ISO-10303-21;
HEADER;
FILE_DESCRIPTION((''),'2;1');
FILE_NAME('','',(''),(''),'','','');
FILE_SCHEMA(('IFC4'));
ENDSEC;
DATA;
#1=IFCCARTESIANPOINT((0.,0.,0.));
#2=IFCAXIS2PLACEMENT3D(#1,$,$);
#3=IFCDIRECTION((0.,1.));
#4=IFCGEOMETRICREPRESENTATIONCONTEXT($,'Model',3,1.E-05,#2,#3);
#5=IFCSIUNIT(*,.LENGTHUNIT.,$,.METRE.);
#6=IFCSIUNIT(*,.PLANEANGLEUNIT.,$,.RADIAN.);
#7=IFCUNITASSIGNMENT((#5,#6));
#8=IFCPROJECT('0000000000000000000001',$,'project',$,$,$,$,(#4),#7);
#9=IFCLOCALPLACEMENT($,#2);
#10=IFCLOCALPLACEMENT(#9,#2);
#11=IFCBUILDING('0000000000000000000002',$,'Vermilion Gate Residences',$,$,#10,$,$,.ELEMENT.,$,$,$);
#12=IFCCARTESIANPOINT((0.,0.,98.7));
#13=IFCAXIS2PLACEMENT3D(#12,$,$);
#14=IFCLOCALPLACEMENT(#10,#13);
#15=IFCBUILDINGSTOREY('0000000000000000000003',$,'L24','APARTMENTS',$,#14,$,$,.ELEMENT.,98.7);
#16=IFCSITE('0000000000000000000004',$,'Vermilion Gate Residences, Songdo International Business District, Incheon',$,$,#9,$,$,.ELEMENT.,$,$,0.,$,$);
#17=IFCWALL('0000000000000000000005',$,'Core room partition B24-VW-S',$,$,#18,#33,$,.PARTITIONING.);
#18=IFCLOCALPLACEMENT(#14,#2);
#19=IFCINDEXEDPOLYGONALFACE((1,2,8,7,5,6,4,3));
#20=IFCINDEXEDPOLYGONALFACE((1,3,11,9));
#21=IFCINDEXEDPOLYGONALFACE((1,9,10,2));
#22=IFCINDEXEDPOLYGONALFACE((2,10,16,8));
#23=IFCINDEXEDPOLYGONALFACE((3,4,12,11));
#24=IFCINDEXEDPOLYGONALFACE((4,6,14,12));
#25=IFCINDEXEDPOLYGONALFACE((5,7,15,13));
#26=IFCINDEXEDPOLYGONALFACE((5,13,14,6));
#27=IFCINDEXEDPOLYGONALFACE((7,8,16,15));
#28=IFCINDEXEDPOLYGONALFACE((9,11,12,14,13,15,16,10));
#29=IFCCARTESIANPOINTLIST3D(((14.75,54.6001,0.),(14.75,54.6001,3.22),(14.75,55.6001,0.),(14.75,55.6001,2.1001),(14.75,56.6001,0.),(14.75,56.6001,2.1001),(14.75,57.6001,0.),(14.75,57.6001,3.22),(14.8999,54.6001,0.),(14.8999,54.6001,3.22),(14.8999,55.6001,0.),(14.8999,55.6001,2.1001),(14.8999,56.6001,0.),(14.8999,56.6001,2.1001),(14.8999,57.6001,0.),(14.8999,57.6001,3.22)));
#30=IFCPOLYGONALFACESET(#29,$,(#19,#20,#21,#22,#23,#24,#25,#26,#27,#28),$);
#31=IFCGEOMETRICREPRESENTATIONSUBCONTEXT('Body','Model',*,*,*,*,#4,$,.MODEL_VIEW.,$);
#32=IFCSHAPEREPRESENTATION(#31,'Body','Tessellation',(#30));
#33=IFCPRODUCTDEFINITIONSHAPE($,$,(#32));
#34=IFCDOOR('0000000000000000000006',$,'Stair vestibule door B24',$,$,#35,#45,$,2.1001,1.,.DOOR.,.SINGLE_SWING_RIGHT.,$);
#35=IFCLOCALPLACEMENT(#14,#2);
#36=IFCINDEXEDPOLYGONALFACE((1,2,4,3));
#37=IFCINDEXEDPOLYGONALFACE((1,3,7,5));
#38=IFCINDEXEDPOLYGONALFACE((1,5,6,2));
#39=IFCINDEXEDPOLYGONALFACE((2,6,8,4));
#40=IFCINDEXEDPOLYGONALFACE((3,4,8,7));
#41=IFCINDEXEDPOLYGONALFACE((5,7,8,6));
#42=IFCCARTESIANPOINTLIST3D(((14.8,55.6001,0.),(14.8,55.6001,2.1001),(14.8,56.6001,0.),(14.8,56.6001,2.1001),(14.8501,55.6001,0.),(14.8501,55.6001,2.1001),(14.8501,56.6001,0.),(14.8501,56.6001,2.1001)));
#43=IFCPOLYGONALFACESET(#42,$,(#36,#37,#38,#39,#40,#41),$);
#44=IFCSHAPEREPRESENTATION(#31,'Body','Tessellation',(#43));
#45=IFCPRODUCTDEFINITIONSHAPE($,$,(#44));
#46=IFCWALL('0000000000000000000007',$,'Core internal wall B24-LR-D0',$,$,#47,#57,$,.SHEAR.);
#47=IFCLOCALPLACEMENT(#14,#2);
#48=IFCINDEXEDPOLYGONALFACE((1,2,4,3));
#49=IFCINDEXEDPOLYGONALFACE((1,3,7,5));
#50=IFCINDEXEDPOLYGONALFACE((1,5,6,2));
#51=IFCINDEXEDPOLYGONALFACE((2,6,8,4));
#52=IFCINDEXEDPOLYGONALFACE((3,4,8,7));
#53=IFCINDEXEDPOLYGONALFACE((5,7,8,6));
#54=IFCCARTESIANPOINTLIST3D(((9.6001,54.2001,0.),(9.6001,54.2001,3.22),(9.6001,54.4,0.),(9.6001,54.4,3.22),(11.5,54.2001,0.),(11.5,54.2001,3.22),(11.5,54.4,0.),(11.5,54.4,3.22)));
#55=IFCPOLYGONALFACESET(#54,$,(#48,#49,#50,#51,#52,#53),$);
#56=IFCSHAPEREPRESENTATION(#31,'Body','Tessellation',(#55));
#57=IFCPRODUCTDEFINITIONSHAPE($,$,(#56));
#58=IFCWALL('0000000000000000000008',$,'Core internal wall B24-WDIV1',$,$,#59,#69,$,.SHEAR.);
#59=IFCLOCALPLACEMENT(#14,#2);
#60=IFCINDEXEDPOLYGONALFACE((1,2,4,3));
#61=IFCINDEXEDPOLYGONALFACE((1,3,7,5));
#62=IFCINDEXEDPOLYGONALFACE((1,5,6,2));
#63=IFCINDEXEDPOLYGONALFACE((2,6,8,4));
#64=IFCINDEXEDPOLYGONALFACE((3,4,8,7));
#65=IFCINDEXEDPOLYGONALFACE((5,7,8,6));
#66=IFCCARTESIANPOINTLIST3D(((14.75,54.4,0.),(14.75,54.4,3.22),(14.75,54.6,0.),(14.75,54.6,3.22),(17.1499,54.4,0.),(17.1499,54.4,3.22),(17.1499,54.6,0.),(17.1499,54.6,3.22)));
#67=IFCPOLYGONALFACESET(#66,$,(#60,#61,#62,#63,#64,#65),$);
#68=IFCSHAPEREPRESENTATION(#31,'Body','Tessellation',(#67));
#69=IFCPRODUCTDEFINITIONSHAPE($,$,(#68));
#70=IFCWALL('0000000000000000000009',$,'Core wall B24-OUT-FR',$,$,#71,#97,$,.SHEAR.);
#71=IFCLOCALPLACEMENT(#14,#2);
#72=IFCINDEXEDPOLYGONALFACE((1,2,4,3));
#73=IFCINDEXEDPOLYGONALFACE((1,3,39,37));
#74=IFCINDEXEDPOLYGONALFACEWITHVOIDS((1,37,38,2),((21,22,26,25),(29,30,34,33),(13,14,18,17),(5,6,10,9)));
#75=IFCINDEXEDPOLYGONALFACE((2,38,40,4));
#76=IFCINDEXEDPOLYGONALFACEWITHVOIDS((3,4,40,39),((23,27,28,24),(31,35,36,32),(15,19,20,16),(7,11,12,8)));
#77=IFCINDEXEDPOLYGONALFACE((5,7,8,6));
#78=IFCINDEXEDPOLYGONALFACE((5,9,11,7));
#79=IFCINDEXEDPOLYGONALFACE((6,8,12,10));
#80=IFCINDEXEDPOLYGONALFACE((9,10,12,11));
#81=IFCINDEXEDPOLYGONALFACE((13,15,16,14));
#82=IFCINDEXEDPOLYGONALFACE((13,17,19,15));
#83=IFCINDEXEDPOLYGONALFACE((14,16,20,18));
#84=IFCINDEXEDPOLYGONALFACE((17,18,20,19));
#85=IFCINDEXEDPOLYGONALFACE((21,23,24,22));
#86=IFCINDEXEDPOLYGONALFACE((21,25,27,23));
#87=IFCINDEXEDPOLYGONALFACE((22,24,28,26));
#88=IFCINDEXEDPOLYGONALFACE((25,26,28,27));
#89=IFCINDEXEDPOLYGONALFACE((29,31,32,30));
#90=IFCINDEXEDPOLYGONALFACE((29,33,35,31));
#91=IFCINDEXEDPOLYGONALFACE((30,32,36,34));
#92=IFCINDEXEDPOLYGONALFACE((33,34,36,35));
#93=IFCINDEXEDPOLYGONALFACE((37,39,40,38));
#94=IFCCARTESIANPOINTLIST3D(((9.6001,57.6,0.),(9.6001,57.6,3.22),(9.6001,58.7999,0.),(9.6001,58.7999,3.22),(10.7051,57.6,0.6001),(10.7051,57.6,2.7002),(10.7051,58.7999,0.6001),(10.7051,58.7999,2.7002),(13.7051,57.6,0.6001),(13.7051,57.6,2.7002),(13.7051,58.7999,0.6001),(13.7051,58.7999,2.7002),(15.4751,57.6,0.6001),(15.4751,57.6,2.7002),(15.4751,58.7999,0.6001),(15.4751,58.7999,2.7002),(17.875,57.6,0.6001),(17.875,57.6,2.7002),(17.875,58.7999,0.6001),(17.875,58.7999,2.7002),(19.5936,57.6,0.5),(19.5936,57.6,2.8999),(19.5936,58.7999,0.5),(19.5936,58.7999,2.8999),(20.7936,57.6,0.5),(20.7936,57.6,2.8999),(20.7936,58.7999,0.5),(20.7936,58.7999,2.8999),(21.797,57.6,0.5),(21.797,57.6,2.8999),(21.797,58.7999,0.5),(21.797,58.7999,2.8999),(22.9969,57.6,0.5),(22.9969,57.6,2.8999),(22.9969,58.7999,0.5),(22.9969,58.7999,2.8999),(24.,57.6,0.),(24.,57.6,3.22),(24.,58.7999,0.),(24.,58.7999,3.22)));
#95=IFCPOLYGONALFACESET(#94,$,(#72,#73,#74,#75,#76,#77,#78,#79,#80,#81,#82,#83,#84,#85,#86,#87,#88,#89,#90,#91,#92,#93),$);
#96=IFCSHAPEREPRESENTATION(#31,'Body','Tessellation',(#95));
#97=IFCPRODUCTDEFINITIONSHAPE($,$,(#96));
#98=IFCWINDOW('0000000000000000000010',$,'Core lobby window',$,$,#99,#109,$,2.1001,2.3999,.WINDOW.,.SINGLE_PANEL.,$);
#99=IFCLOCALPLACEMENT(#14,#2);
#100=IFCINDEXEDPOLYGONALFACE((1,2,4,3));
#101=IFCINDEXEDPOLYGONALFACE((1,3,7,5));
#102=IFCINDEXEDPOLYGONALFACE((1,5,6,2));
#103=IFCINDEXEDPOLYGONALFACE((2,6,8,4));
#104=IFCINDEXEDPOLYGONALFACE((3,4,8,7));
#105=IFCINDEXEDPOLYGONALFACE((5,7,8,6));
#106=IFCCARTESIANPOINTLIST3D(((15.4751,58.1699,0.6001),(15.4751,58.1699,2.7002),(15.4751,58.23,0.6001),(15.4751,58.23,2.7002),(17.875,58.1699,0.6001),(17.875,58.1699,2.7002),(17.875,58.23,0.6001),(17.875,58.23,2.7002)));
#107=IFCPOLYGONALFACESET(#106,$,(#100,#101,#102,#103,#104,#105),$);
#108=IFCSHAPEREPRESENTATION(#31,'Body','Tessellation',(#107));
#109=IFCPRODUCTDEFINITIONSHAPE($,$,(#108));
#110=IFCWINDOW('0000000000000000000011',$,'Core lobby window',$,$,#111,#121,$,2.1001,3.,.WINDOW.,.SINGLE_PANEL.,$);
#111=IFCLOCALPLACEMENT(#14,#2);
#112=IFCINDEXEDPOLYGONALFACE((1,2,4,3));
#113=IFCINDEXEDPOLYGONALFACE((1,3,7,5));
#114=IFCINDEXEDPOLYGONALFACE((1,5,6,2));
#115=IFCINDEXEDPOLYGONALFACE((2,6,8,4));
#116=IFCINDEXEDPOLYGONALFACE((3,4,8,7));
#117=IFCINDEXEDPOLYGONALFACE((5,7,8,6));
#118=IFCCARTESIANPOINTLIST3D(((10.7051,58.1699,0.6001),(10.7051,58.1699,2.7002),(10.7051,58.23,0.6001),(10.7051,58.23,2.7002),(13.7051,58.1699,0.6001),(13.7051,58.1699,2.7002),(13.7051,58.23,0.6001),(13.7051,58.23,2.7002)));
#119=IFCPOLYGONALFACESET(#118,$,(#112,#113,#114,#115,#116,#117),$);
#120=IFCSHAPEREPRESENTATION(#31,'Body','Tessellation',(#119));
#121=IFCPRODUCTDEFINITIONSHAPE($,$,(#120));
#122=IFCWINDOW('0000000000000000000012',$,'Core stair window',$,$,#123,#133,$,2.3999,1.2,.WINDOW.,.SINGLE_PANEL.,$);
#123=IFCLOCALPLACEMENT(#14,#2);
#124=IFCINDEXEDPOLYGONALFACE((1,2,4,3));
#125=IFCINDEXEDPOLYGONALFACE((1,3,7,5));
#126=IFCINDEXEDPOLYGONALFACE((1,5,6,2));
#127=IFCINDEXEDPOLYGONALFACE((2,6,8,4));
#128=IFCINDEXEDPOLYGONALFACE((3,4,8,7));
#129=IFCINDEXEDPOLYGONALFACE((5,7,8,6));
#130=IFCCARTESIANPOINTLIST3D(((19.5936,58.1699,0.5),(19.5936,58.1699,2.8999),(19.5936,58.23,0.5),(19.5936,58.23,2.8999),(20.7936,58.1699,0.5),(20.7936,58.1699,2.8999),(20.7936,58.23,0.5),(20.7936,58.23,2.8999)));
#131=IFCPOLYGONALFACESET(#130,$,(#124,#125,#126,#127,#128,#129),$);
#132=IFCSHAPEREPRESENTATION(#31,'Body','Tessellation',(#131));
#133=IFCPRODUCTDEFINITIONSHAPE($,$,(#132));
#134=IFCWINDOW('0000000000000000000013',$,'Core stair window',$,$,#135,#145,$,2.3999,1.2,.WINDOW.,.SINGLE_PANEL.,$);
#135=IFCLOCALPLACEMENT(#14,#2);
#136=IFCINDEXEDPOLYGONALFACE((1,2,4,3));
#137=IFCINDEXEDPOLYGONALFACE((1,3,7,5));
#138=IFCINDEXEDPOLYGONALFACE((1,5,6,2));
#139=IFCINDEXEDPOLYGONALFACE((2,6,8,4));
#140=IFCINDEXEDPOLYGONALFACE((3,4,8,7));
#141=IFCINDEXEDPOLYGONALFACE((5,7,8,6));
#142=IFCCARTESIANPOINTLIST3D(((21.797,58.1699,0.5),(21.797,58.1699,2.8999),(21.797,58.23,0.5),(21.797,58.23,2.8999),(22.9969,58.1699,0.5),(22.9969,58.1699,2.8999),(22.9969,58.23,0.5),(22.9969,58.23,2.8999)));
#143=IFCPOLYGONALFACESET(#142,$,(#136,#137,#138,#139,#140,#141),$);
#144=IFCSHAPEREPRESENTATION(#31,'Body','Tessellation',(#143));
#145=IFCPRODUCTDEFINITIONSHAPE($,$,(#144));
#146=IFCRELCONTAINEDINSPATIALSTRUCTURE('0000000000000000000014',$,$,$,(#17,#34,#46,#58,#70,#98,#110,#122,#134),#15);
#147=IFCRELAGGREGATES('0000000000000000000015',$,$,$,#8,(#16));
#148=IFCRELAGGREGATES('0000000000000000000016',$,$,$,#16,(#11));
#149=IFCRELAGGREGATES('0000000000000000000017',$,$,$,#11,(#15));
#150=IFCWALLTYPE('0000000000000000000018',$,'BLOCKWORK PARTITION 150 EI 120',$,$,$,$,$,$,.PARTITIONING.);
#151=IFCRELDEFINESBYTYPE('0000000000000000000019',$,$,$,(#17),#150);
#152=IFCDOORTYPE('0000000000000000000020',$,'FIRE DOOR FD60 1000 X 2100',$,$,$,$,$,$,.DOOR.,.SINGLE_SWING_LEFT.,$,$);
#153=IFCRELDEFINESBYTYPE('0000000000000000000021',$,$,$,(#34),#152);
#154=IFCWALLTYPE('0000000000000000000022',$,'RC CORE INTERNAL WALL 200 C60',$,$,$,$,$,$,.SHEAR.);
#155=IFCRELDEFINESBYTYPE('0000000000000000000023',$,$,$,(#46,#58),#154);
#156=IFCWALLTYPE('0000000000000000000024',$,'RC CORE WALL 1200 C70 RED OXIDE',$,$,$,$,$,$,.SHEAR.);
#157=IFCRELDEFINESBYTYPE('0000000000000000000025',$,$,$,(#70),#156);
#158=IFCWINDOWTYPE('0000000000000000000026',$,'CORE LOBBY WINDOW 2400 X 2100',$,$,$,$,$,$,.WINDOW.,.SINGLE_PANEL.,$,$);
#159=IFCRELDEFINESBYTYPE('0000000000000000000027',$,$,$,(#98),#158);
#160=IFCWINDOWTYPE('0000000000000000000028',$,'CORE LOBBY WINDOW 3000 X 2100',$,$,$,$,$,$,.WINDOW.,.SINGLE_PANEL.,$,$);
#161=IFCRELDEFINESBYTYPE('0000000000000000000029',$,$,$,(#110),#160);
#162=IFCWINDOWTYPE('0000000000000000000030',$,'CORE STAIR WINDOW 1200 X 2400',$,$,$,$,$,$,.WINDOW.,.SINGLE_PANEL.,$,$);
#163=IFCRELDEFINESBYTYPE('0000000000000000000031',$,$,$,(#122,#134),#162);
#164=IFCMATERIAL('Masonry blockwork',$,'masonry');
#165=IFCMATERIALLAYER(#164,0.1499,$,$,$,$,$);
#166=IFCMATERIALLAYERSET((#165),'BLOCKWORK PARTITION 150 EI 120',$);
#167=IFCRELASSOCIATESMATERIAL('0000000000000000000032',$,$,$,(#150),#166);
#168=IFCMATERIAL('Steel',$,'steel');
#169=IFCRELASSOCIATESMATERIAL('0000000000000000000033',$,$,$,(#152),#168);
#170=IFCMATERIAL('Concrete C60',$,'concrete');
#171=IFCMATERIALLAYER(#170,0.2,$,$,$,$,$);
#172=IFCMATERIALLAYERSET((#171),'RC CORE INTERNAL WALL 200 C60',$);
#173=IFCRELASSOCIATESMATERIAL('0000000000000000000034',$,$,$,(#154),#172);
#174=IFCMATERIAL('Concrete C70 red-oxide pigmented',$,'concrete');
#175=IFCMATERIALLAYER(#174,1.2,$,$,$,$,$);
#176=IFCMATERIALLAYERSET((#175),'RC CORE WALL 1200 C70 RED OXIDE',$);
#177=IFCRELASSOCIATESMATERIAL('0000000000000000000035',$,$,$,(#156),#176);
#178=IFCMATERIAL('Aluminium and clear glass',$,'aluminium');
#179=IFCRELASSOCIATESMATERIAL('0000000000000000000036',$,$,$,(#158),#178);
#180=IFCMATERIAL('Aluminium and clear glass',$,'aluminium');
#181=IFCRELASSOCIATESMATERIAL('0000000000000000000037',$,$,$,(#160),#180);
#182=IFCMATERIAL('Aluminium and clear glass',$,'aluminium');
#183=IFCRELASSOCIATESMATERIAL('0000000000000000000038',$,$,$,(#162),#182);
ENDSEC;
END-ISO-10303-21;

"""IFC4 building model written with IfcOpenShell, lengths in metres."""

from ifc_helpers import new_model, si_unit, direction, frame, frame_2d, origin, place, context, subcontext, project, spatial, rectangle, extrude, material, layer, layer_set, type_object, element, fill, save


model = new_model("IFC4")

# Units and contexts
model_context = context("Model", 3, precision=1e-05, world=origin(), true_north=direction((0.0, 1.0)))
body_context = subcontext(model_context, "Body", "Model", "MODEL_VIEW")
ifc_project = project(units=[si_unit("LENGTHUNIT", "METRE"), si_unit("PLANEANGLEUNIT", "RADIAN")], contexts=[model_context])

# Site, building, storey
site_placement = place(None, origin())
site = spatial("IfcSite", under=ifc_project, at=site_placement, Name="Vermilion Gate Residences, Songdo International Business District, Incheon", CompositionType="ELEMENT", RefElevation=0.0)
building_placement = place(site_placement, origin())
building = spatial("IfcBuilding", under=site, at=building_placement, Name="Vermilion Gate Residences", CompositionType="ELEMENT")
storey_placement = place(building_placement, frame((0.0, 0.0, 98.7)))
storey = spatial("IfcBuildingStorey", under=building, at=storey_placement, Name="L24", Description="APARTMENTS", CompositionType="ELEMENT", Elevation=98.7)

# Wall, opening, door
ifc_material_1 = material(Name="Masonry blockwork", Category="masonry")
ifc_layer_1 = layer(ifc_material_1, 0.1499)
ifc_layer_set_1 = layer_set([ifc_layer_1], Name="BLOCKWORK PARTITION 150 EI 120")
wall_type_1 = type_object("IfcWallType", Name="BLOCKWORK PARTITION 150 EI 120", PredefinedType="PARTITIONING", material=ifc_layer_set_1)
wall_1_placement = place(storey_placement, frame((14.825, 57.6001, 0.0), z_axis=(0.0, 0.0, 1.0), x_axis=(0.0, -1.0, 0.0)))
wall_1 = element("IfcWall", 1, at=wall_1_placement, inside=storey, type_object=wall_type_1, Name="Core room partition B24-VW-S", PredefinedType="PARTITIONING", context=body_context, shape_type="SweptSolid", body=[
    extrude(rectangle(XDim=3.0, YDim=0.1499, at=frame_2d((1.5, 0.0))), origin(), (0.0, 0.0, 1.0), 3.22),
])
opening_1_placement = place(wall_1_placement, frame((1.0, 0.0, 0.0)))
opening_1 = element("IfcOpeningElement", 2, at=opening_1_placement, cuts=wall_1, PredefinedType="OPENING", context=body_context, shape_type="SweptSolid", body=[
    extrude(rectangle(XDim=1.0, YDim=2.1001, at=frame_2d((0.5, 1.05))), frame((0.0, 0.085, 0.0), z_axis=(0.0, -1.0, 0.0), x_axis=(1.0, 0.0, 0.0)), (0.0, 0.0, 1.0), 0.1699),
])
ifc_material_2 = material(Name="Steel", Category="steel")
door_type_1 = type_object("IfcDoorType", Name="FIRE DOOR FD60 1000 X 2100", OperationType="SINGLE_SWING_LEFT", PredefinedType="DOOR", material=ifc_material_2)
door_1_placement = place(opening_1_placement, frame((1.0, 0.0, 0.0), z_axis=(0.0, 0.0, 1.0), x_axis=(-1.0, 0.0, 0.0)))
door_1 = element("IfcDoor", 3, at=door_1_placement, inside=storey, type_object=door_type_1, Name="Stair vestibule door B24", OperationType="SINGLE_SWING_RIGHT", OverallHeight=2.1001, OverallWidth=1.0, PredefinedType="DOOR", context=body_context, shape_type="SweptSolid", body=[
    extrude(rectangle(XDim=1.0, YDim=2.1001, at=frame_2d((0.5, 1.05))), frame((0.0, 0.0249, 0.0), z_axis=(0.0, -1.0, 0.0), x_axis=(1.0, 0.0, 0.0)), (0.0, 0.0, 1.0), 0.05),
])
fill(opening_1, door_1)

# Walls
ifc_material_3 = material(Name="Concrete C60", Category="concrete")
ifc_layer_2 = layer(ifc_material_3, 0.2)
ifc_layer_set_2 = layer_set([ifc_layer_2], Name="RC CORE INTERNAL WALL 200 C60")
wall_type_2 = type_object("IfcWallType", Name="RC CORE INTERNAL WALL 200 C60", PredefinedType="SHEAR", material=ifc_layer_set_2)
wall_2_placement = place(storey_placement, frame((9.6001, 54.3, 0.0), z_axis=(0.0, 0.0, 1.0), x_axis=(1.0, 0.0, 0.0)))
element("IfcWall", 4, at=wall_2_placement, inside=storey, type_object=wall_type_2, Name="Core internal wall B24-LR-D0", PredefinedType="SHEAR", context=body_context, shape_type="SweptSolid", body=[
    extrude(rectangle(XDim=1.8999, YDim=0.2, at=frame_2d((0.95, 0.0))), origin(), (0.0, 0.0, 1.0), 3.22),
])
wall_3_placement = place(storey_placement, frame((14.75, 54.5, 0.0), z_axis=(0.0, 0.0, 1.0), x_axis=(1.0, 0.0, 0.0)))
element("IfcWall", 5, at=wall_3_placement, inside=storey, type_object=wall_type_2, Name="Core internal wall B24-WDIV1", PredefinedType="SHEAR", context=body_context, shape_type="SweptSolid", body=[
    extrude(rectangle(XDim=2.3999, YDim=0.2, at=frame_2d((1.2, 0.0))), origin(), (0.0, 0.0, 1.0), 3.22),
])

# Wall, openings, windows
ifc_material_4 = material(Name="Concrete C70 red-oxide pigmented", Category="concrete")
ifc_layer_3 = layer(ifc_material_4, 1.2)
ifc_layer_set_3 = layer_set([ifc_layer_3], Name="RC CORE WALL 1200 C70 RED OXIDE")
wall_type_3 = type_object("IfcWallType", Name="RC CORE WALL 1200 C70 RED OXIDE", PredefinedType="SHEAR", material=ifc_layer_set_3)
wall_4_placement = place(storey_placement, frame((9.6001, 58.2, 0.0), z_axis=(0.0, 0.0, 1.0), x_axis=(1.0, 0.0, 0.0)))
wall_4 = element("IfcWall", 6, at=wall_4_placement, inside=storey, type_object=wall_type_3, Name="Core wall B24-OUT-FR", PredefinedType="SHEAR", context=body_context, shape_type="SweptSolid", body=[
    extrude(rectangle(XDim=14.3999, YDim=1.2, at=frame_2d((7.2, 0.0))), origin(), (0.0, 0.0, 1.0), 3.22),
])
opening_2_placement = place(wall_4_placement, frame((1.105, 0.0, 0.6001)))
opening_2 = element("IfcOpeningElement", 7, at=opening_2_placement, cuts=wall_4, PredefinedType="OPENING", context=body_context, shape_type="SweptSolid", body=[
    extrude(rectangle(XDim=3.0, YDim=2.1001, at=frame_2d((1.5, 1.05))), frame((0.0, 0.6099, 0.0), z_axis=(0.0, -1.0, 0.0), x_axis=(1.0, 0.0, 0.0)), (0.0, 0.0, 1.0), 1.22),
])
opening_3_placement = place(wall_4_placement, frame((5.875, 0.0, 0.6001)))
opening_3 = element("IfcOpeningElement", 8, at=opening_3_placement, cuts=wall_4, PredefinedType="OPENING", context=body_context, shape_type="SweptSolid", body=[
    extrude(rectangle(XDim=2.3999, YDim=2.1001, at=frame_2d((1.2, 1.05))), frame((0.0, 0.6099, 0.0), z_axis=(0.0, -1.0, 0.0), x_axis=(1.0, 0.0, 0.0)), (0.0, 0.0, 1.0), 1.22),
])
opening_4_placement = place(wall_4_placement, frame((9.9934, 0.0, 0.5)))
opening_4 = element("IfcOpeningElement", 9, at=opening_4_placement, cuts=wall_4, PredefinedType="OPENING", context=body_context, shape_type="SweptSolid", body=[
    extrude(rectangle(XDim=1.2, YDim=2.3999, at=frame_2d((0.6001, 1.2))), frame((0.0, 0.6099, 0.0), z_axis=(0.0, -1.0, 0.0), x_axis=(1.0, 0.0, 0.0)), (0.0, 0.0, 1.0), 1.22),
])
opening_5_placement = place(wall_4_placement, frame((12.1968, 0.0, 0.5)))
opening_5 = element("IfcOpeningElement", 10, at=opening_5_placement, cuts=wall_4, PredefinedType="OPENING", context=body_context, shape_type="SweptSolid", body=[
    extrude(rectangle(XDim=1.2, YDim=2.3999, at=frame_2d((0.6001, 1.2))), frame((0.0, 0.6099, 0.0), z_axis=(0.0, -1.0, 0.0), x_axis=(1.0, 0.0, 0.0)), (0.0, 0.0, 1.0), 1.22),
])
ifc_material_5 = material(Name="Aluminium and clear glass", Category="aluminium")
window_type_1 = type_object("IfcWindowType", Name="CORE LOBBY WINDOW 2400 X 2100", PartitioningType="SINGLE_PANEL", PredefinedType="WINDOW", material=ifc_material_5)
window_1_placement = place(opening_3_placement, origin())
window_1 = element("IfcWindow", 11, at=window_1_placement, inside=storey, type_object=window_type_1, Name="Core lobby window", OverallHeight=2.1001, OverallWidth=2.3999, PartitioningType="SINGLE_PANEL", PredefinedType="WINDOW", context=body_context, shape_type="SweptSolid", body=[
    extrude(rectangle(XDim=2.3999, YDim=2.1001, at=frame_2d((1.2, 1.05))), frame((0.0, 0.03, 0.0), z_axis=(0.0, -1.0, 0.0), x_axis=(1.0, 0.0, 0.0)), (0.0, 0.0, 1.0), 0.0601),
])
fill(opening_3, window_1)
ifc_material_6 = material(Name="Aluminium and clear glass", Category="aluminium")
window_type_2 = type_object("IfcWindowType", Name="CORE LOBBY WINDOW 3000 X 2100", PartitioningType="SINGLE_PANEL", PredefinedType="WINDOW", material=ifc_material_6)
window_2_placement = place(opening_2_placement, origin())
window_2 = element("IfcWindow", 12, at=window_2_placement, inside=storey, type_object=window_type_2, Name="Core lobby window", OverallHeight=2.1001, OverallWidth=3.0, PartitioningType="SINGLE_PANEL", PredefinedType="WINDOW", context=body_context, shape_type="SweptSolid", body=[
    extrude(rectangle(XDim=3.0, YDim=2.1001, at=frame_2d((1.5, 1.05))), frame((0.0, 0.03, 0.0), z_axis=(0.0, -1.0, 0.0), x_axis=(1.0, 0.0, 0.0)), (0.0, 0.0, 1.0), 0.0601),
])
fill(opening_2, window_2)
ifc_material_7 = material(Name="Aluminium and clear glass", Category="aluminium")
window_type_3 = type_object("IfcWindowType", Name="CORE STAIR WINDOW 1200 X 2400", PartitioningType="SINGLE_PANEL", PredefinedType="WINDOW", material=ifc_material_7)
window_3_placement = place(opening_4_placement, origin())
window_3 = element("IfcWindow", 13, at=window_3_placement, inside=storey, type_object=window_type_3, Name="Core stair window", OverallHeight=2.3999, OverallWidth=1.2, PartitioningType="SINGLE_PANEL", PredefinedType="WINDOW", context=body_context, shape_type="SweptSolid", body=[
    extrude(rectangle(XDim=1.2, YDim=2.3999, at=frame_2d((0.6001, 1.2))), frame((0.0, 0.03, 0.0), z_axis=(0.0, -1.0, 0.0), x_axis=(1.0, 0.0, 0.0)), (0.0, 0.0, 1.0), 0.0601),
])
fill(opening_4, window_3)
window_4_placement = place(opening_5_placement, origin())
window_4 = element("IfcWindow", 14, at=window_4_placement, inside=storey, type_object=window_type_3, Name="Core stair window", OverallHeight=2.3999, OverallWidth=1.2, PartitioningType="SINGLE_PANEL", PredefinedType="WINDOW", context=body_context, shape_type="SweptSolid", body=[
    extrude(rectangle(XDim=1.2, YDim=2.3999, at=frame_2d((0.6001, 1.2))), frame((0.0, 0.03, 0.0), z_axis=(0.0, -1.0, 0.0), x_axis=(1.0, 0.0, 0.0)), (0.0, 0.0, 1.0), 0.0601),
])
fill(opening_5, window_4)

save(model, "model.ifc")
